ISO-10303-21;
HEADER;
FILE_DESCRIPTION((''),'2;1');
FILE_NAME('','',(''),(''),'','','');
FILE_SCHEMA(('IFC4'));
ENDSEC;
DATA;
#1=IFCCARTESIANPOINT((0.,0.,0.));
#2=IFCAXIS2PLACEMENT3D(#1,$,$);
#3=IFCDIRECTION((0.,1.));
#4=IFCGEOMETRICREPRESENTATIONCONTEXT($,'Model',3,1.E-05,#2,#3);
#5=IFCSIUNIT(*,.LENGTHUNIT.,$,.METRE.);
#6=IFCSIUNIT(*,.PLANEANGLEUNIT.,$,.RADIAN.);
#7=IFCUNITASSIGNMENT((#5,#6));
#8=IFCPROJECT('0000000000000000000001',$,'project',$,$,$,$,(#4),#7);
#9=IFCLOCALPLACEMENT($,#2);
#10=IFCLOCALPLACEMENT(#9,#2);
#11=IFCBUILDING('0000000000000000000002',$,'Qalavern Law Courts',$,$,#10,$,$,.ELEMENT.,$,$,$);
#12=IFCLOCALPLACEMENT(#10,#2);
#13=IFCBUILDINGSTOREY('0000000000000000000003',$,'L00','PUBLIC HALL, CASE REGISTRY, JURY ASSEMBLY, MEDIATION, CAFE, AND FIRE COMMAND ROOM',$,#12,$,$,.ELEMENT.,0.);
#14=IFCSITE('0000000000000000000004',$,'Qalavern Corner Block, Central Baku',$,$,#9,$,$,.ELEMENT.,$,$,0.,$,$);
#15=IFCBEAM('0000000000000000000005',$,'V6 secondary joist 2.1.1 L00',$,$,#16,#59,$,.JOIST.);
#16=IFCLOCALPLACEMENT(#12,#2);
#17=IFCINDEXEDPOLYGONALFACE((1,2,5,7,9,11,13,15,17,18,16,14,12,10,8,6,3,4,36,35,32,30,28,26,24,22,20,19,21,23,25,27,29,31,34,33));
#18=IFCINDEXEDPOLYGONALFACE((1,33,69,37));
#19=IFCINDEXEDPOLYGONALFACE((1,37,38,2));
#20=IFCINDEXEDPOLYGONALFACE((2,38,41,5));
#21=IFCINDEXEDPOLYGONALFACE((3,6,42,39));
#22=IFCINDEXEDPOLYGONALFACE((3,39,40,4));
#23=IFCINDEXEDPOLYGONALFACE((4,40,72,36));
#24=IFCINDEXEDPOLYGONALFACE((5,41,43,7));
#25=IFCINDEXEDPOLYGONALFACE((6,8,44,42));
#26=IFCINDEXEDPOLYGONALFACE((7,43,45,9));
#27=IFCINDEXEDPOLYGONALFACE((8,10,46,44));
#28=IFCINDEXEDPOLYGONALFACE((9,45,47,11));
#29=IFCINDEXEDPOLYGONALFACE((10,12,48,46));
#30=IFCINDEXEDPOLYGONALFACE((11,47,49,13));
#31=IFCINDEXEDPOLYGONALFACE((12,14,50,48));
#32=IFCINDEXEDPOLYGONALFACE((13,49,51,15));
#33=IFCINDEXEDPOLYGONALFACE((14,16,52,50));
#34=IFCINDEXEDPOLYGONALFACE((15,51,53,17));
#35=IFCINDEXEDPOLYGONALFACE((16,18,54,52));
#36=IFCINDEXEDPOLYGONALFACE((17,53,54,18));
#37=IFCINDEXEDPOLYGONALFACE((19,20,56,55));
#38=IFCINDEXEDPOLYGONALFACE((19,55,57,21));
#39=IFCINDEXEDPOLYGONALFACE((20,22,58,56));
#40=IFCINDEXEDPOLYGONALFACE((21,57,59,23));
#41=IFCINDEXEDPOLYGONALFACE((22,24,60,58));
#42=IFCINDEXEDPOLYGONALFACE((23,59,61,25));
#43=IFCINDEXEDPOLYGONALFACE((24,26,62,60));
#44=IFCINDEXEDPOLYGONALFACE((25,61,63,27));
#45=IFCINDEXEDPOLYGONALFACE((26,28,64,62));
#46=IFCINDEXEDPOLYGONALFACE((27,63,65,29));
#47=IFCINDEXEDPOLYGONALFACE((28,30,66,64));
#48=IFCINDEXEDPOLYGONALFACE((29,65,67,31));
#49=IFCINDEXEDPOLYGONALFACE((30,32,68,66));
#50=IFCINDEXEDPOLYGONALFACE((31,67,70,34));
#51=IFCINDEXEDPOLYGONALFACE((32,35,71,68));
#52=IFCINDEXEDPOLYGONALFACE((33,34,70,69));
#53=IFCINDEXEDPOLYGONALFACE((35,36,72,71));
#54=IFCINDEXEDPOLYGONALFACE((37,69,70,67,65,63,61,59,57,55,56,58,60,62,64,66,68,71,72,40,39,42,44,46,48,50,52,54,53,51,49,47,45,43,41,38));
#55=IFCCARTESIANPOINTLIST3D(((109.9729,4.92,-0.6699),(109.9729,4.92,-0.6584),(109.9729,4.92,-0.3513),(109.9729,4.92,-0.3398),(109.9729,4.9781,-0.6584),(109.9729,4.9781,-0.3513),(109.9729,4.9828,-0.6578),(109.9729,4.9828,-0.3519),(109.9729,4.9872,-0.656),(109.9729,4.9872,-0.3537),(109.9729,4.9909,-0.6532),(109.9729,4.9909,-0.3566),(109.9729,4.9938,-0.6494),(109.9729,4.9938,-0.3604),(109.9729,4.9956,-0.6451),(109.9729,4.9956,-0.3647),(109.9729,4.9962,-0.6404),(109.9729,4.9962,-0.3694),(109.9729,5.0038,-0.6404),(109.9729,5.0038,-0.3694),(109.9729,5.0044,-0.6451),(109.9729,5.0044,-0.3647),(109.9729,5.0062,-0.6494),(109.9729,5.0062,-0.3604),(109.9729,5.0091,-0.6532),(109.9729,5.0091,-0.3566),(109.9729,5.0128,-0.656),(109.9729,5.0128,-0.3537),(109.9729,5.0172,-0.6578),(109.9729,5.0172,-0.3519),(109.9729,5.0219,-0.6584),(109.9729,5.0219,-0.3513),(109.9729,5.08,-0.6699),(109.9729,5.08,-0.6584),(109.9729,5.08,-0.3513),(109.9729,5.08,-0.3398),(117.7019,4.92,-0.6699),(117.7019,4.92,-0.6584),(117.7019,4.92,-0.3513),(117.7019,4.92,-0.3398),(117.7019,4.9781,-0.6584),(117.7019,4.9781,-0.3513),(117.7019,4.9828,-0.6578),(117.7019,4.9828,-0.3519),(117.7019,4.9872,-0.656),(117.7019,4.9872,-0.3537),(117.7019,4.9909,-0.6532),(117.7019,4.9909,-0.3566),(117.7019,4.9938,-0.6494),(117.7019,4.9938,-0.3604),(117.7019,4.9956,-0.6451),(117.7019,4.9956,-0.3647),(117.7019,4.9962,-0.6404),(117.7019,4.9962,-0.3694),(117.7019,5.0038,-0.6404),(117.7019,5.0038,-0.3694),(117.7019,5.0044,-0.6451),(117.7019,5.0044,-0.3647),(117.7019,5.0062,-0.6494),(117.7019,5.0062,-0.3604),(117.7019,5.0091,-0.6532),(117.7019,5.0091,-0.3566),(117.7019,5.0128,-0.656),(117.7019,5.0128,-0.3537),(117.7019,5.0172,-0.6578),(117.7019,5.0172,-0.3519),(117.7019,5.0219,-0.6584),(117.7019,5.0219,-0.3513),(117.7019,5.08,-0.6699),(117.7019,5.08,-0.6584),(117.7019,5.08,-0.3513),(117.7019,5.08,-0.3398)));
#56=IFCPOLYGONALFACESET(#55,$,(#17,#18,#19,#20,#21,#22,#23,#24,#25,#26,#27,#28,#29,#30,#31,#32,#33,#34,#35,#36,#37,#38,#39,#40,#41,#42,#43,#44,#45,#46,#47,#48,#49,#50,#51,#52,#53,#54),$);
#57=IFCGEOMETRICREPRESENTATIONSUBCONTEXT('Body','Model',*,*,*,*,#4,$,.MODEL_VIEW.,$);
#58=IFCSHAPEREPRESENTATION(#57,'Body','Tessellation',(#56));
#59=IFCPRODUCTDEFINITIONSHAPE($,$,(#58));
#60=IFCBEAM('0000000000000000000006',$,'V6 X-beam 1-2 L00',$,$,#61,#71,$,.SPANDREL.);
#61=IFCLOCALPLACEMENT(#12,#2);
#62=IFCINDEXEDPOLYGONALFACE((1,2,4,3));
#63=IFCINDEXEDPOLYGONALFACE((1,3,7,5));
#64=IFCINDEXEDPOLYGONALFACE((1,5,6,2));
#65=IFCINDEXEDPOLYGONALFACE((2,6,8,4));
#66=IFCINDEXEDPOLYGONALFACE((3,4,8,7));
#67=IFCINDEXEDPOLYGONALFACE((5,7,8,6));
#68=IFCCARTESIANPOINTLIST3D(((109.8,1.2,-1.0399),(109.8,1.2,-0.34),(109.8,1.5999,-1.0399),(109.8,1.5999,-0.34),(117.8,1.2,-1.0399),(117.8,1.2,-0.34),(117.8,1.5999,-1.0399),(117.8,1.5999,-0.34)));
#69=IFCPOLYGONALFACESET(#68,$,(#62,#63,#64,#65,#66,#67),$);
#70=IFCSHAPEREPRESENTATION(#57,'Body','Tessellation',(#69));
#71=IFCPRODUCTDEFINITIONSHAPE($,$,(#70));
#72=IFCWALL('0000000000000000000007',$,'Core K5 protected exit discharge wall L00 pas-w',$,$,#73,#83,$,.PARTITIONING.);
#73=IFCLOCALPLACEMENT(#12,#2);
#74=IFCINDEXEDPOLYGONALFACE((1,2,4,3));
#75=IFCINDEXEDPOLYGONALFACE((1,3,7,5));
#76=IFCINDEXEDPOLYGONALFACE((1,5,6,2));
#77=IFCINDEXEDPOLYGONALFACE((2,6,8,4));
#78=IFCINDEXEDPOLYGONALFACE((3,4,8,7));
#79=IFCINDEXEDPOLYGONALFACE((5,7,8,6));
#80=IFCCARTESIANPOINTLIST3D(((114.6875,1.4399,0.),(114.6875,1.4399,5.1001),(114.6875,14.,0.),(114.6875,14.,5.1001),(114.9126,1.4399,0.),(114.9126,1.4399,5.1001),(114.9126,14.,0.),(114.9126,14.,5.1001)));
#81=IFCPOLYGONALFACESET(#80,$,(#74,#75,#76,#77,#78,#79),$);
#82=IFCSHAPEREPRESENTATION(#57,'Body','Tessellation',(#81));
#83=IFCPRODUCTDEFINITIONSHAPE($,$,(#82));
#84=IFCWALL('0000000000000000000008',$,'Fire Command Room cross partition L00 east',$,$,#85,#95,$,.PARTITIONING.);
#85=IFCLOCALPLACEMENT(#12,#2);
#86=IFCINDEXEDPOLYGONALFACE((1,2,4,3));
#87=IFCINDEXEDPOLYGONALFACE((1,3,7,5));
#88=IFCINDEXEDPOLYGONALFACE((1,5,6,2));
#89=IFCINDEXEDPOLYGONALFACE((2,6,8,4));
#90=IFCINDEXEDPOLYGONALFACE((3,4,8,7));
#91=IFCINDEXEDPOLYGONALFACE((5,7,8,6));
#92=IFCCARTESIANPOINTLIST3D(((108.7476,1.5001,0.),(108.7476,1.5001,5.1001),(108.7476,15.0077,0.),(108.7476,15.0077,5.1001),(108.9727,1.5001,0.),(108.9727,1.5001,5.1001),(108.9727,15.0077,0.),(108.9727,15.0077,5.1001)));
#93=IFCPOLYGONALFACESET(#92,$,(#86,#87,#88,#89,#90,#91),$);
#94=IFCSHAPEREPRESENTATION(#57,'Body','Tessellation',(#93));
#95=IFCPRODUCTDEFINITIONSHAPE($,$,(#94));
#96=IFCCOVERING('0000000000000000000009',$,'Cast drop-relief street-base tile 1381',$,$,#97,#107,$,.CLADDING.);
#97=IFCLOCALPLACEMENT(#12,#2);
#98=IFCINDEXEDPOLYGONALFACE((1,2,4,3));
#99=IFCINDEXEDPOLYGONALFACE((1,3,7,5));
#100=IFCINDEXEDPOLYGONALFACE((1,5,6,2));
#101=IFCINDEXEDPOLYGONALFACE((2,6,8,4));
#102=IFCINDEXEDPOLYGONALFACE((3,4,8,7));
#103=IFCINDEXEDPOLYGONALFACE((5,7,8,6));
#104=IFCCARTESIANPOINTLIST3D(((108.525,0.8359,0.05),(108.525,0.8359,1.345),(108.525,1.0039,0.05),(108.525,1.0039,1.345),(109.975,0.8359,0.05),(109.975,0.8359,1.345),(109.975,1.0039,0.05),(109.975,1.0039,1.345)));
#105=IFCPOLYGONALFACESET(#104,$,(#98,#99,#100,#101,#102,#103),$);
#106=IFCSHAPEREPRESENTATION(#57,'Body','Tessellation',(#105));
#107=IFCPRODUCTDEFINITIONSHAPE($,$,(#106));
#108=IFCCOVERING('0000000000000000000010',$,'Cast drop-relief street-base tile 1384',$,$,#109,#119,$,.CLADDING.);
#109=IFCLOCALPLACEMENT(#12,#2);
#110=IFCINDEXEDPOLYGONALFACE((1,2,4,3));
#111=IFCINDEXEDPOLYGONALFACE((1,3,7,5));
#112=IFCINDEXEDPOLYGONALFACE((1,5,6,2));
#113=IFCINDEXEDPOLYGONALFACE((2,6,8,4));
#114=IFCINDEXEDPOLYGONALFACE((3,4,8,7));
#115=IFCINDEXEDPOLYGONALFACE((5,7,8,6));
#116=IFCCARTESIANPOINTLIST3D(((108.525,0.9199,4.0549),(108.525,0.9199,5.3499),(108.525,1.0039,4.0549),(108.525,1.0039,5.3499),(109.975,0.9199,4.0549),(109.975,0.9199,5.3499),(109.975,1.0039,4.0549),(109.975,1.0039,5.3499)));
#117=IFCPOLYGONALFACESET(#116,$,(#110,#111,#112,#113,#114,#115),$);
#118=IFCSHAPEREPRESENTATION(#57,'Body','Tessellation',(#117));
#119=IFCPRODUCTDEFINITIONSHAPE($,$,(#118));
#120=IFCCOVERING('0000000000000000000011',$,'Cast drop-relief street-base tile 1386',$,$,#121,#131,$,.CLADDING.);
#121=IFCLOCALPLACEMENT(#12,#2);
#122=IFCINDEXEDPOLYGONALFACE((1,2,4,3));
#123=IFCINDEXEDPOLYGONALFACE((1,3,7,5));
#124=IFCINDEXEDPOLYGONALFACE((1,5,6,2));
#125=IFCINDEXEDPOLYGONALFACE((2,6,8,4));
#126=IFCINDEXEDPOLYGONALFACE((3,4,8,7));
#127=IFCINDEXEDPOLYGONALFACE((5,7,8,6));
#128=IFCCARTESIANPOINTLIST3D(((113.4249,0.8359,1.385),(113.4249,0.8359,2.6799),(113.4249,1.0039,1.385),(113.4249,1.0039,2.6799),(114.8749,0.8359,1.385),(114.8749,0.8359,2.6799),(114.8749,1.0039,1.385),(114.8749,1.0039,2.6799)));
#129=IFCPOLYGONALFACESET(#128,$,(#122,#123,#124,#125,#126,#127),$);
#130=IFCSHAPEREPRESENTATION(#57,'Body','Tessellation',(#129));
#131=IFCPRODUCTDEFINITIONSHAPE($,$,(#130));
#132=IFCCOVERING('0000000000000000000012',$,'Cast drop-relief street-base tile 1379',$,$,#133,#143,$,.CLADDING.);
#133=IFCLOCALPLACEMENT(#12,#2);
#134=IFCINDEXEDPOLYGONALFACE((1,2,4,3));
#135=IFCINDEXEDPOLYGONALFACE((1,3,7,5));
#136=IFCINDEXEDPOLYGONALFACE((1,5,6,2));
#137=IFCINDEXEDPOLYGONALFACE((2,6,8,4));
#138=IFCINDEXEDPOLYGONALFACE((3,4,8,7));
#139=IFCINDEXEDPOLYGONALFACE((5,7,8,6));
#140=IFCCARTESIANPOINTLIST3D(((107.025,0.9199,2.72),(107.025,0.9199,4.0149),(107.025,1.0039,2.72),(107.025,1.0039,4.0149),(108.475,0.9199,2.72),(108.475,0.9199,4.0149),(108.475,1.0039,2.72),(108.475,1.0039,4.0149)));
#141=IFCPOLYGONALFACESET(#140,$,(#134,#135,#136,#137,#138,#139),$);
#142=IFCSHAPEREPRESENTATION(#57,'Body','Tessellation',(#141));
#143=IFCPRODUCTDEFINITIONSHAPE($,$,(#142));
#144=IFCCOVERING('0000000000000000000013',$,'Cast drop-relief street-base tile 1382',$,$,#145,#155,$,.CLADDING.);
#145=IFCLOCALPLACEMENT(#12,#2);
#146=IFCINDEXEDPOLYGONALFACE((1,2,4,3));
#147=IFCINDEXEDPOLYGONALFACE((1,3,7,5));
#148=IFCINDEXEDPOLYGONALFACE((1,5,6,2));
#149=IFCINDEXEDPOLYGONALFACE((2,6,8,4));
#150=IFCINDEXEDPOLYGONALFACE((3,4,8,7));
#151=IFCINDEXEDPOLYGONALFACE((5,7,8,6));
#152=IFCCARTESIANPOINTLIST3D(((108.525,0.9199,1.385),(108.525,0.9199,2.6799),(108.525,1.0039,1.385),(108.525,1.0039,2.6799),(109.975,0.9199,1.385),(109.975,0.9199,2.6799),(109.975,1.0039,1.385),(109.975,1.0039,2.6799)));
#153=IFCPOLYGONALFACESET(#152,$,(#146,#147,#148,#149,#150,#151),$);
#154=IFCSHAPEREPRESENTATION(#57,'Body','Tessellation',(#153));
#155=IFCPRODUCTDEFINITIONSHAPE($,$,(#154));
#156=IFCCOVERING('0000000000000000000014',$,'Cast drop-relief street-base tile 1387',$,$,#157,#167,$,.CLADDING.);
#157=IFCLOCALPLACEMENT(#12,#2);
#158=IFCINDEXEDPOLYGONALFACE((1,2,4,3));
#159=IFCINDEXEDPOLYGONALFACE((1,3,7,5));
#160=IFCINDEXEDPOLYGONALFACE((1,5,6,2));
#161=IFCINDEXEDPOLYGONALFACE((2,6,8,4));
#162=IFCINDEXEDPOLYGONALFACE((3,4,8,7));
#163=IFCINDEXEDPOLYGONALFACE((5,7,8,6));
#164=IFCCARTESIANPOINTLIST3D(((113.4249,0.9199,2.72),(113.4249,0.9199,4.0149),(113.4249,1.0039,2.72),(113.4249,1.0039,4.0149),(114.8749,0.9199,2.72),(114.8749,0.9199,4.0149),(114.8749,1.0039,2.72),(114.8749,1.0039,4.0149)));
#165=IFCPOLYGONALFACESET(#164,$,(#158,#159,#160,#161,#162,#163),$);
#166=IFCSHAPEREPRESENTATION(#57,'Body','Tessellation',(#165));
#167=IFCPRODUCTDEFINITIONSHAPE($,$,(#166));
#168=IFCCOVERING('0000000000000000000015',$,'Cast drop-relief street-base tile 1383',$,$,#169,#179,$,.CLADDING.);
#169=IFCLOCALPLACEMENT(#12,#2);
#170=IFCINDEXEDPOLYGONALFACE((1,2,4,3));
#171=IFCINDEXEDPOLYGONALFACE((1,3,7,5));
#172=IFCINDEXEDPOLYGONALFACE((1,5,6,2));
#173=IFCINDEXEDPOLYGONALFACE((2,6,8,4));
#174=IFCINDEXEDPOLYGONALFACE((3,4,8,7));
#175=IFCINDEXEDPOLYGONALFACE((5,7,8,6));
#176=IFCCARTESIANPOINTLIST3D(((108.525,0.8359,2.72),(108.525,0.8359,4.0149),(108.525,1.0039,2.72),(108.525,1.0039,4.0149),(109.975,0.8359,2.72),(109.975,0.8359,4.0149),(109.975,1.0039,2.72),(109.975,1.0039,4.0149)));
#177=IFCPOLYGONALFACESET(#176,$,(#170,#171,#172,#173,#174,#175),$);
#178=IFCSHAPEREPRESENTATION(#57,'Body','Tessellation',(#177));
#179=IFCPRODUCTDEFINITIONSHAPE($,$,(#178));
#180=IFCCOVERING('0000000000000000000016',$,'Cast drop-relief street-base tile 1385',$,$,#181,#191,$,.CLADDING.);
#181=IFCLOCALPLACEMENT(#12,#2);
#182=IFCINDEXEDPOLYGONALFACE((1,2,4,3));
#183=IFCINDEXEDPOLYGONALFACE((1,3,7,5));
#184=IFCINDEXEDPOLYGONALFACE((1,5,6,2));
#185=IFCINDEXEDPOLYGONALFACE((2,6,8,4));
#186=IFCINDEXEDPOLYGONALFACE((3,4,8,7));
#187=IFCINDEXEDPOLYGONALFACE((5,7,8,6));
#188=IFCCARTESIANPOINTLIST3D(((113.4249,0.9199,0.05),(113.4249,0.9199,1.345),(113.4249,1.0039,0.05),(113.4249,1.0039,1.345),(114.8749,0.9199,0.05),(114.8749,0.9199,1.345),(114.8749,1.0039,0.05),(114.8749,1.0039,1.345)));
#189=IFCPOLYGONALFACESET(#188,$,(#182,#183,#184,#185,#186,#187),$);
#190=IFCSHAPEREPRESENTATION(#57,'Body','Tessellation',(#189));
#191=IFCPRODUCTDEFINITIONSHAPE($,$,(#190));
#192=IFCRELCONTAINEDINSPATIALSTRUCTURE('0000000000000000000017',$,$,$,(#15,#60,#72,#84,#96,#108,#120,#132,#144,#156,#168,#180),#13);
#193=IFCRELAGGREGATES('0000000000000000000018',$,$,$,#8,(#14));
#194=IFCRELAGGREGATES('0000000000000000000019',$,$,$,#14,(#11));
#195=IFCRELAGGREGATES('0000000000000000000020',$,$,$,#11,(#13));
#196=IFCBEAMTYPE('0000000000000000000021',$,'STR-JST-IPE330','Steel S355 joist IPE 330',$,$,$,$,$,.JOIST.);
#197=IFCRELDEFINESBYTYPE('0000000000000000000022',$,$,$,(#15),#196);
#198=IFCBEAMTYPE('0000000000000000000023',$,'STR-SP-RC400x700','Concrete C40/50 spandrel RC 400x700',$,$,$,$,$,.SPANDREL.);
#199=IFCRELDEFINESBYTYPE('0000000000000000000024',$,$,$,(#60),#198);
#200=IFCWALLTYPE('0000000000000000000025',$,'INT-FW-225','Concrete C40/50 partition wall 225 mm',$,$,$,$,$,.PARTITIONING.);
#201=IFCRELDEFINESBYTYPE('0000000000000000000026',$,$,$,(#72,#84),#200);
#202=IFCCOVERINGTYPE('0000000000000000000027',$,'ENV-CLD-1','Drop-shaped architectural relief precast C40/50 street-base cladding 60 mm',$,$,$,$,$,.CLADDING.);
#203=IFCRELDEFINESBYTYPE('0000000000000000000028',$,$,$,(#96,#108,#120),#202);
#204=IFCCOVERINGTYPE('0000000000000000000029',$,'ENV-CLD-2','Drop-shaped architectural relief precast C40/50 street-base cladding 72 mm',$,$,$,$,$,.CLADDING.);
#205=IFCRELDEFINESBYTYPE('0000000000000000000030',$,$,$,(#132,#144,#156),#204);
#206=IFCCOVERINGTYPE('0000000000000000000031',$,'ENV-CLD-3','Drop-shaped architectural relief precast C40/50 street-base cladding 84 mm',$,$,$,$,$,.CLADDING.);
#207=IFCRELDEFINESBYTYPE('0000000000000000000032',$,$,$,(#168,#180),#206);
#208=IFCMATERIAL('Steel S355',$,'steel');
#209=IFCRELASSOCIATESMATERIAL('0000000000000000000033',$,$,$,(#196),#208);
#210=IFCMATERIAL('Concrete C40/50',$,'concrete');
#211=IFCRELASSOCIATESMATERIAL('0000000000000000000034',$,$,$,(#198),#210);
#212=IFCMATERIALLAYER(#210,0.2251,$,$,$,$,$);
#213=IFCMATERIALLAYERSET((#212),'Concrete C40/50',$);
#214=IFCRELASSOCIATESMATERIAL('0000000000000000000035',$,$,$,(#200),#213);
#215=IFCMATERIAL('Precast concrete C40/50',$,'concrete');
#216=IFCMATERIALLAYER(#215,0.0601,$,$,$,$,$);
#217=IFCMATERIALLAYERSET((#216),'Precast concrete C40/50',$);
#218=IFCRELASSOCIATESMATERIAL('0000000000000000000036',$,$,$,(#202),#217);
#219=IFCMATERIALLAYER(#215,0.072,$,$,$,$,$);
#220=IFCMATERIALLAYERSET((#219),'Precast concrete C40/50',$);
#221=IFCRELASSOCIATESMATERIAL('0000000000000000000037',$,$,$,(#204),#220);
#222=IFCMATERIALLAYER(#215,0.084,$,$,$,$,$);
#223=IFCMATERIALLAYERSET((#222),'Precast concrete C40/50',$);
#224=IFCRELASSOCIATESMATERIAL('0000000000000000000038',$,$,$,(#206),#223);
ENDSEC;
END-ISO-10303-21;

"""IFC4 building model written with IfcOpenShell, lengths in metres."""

from ifc_helpers import new_model, si_unit, direction, frame, frame_2d, origin, origin_2d, place, context, subcontext, project, spatial, rectangle, i_section, extrude, material, layer, layer_set, material_profile, profile_set, type_object, element, save


model = new_model("IFC4")

# Units and contexts
model_context = context("Model", 3, precision=1e-05, world=origin(), true_north=direction((0.0, 1.0)))
body_context = subcontext(model_context, "Body", "Model", "MODEL_VIEW")
ifc_project = project(units=[si_unit("LENGTHUNIT", "METRE"), si_unit("PLANEANGLEUNIT", "RADIAN")], contexts=[model_context])

# Site, building, storey
site_placement = place(None, origin())
site = spatial("IfcSite", under=ifc_project, at=site_placement, Name="Qalavern Corner Block, Central Baku", CompositionType="ELEMENT", RefElevation=0.0)
building_placement = place(site_placement, origin())
building = spatial("IfcBuilding", under=site, at=building_placement, Name="Qalavern Law Courts", CompositionType="ELEMENT")
storey_placement = place(building_placement, origin())
storey = spatial("IfcBuildingStorey", under=building, at=storey_placement, Name="L00", Description="PUBLIC HALL, CASE REGISTRY, JURY ASSEMBLY, MEDIATION, CAFE, AND FIRE COMMAND ROOM", CompositionType="ELEMENT", Elevation=0.0)

# Beams
ifc_material_1 = material(Name="Steel S355", Category="steel")
ifc_material_profile_1 = material_profile(ifc_material_1, i_section(OverallWidth=0.1599, OverallDepth=0.3301, WebThickness=0.0076, FlangeThickness=0.0115, FilletRadius=0.0181, at=origin_2d()), Name="IPE 330")
ifc_profile_set_1 = profile_set([ifc_material_profile_1], Name="Steel S355")
beam_type_1 = type_object("IfcBeamType", Name="STR-JST-IPE330", Description="Steel S355 joist IPE 330", PredefinedType="JOIST", material=ifc_profile_set_1)
beam_1_placement = place(storey_placement, frame((109.9729, 5.0, -0.5049), z_axis=(1.0, 0.0, 0.0), x_axis=(0.0, 1.0, 0.0)))
element("IfcBeam", 1, at=beam_1_placement, inside=storey, type_object=beam_type_1, Name="V6 secondary joist 2.1.1 L00", PredefinedType="JOIST", context=body_context, shape_type="SweptSolid", body=[
    extrude(i_section(OverallWidth=0.1599, OverallDepth=0.3301, WebThickness=0.0076, FlangeThickness=0.0115, FilletRadius=0.0181, at=origin_2d()), origin(), (0.0, 0.0, 1.0), 7.729),
])
ifc_material_2 = material(Name="Concrete C40/50", Category="concrete")
ifc_material_profile_2 = material_profile(ifc_material_2, rectangle(XDim=0.3999, YDim=0.7, at=origin_2d()), Name="RC 400x700")
ifc_profile_set_2 = profile_set([ifc_material_profile_2], Name="Concrete C40/50")
beam_type_2 = type_object("IfcBeamType", Name="STR-SP-RC400x700", Description="Concrete C40/50 spandrel RC 400x700", PredefinedType="SPANDREL", material=ifc_profile_set_2)
beam_2_placement = place(storey_placement, frame((109.8, 1.3999, -0.6899), z_axis=(1.0, 0.0, 0.0), x_axis=(0.0, 1.0, 0.0)))
element("IfcBeam", 2, at=beam_2_placement, inside=storey, type_object=beam_type_2, Name="V6 X-beam 1-2 L00", PredefinedType="SPANDREL", context=body_context, shape_type="SweptSolid", body=[
    extrude(rectangle(XDim=0.3999, YDim=0.7, at=origin_2d()), origin(), (0.0, 0.0, 1.0), 8.0),
])

# Walls
ifc_layer_1 = layer(ifc_material_2, 0.2251)
ifc_layer_set_1 = layer_set([ifc_layer_1], Name="Concrete C40/50")
wall_type = type_object("IfcWallType", Name="INT-FW-225", Description="Concrete C40/50 partition wall 225 mm", PredefinedType="PARTITIONING", material=ifc_layer_set_1)
wall_1_placement = place(storey_placement, frame((114.8, 1.4399, 0.0), z_axis=(0.0, 0.0, 1.0), x_axis=(0.0, 1.0, 0.0)))
element("IfcWall", 3, at=wall_1_placement, inside=storey, type_object=wall_type, Name="Core K5 protected exit discharge wall L00 pas-w", PredefinedType="PARTITIONING", context=body_context, shape_type="SweptSolid", body=[
    extrude(rectangle(XDim=12.5601, YDim=0.2251, at=frame_2d((6.28, 0.0))), origin(), (0.0, 0.0, 1.0), 5.1001),
])
wall_2_placement = place(storey_placement, frame((108.8601, 1.5, 0.0), z_axis=(0.0, 0.0, 1.0), x_axis=(0.0, 1.0, 0.0)))
element("IfcWall", 4, at=wall_2_placement, inside=storey, type_object=wall_type, Name="Fire Command Room cross partition L00 east", PredefinedType="PARTITIONING", context=body_context, shape_type="SweptSolid", body=[
    extrude(rectangle(XDim=13.5076, YDim=0.2251, at=frame_2d((6.7539, 0.0))), origin(), (0.0, 0.0, 1.0), 5.1001),
])

# Coverings
ifc_material_3 = material(Name="Precast concrete C40/50", Category="concrete")
ifc_layer_2 = layer(ifc_material_3, 0.0601)
ifc_layer_set_2 = layer_set([ifc_layer_2], Name="Precast concrete C40/50")
covering_type_1 = type_object("IfcCoveringType", Name="ENV-CLD-1", Description="Drop-shaped architectural relief precast C40/50 street-base cladding 60 mm", PredefinedType="CLADDING", material=ifc_layer_set_2)
covering_1_placement = place(storey_placement, frame((109.25, 0.9199, 0.05), z_axis=(0.0, 0.0, 1.0), x_axis=(1.0, 0.0, 0.0)))
element("IfcCovering", 5, at=covering_1_placement, inside=storey, type_object=covering_type_1, Name="Cast drop-relief street-base tile 1381", PredefinedType="CLADDING", context=body_context, shape_type="SweptSolid", body=[
    extrude(rectangle(XDim=1.45, YDim=0.168, at=origin_2d()), origin(), (0.0, 0.0, 1.0), 1.2949),
])
covering_2_placement = place(storey_placement, frame((109.25, 0.9619, 4.0549), z_axis=(0.0, 0.0, 1.0), x_axis=(1.0, 0.0, 0.0)))
element("IfcCovering", 6, at=covering_2_placement, inside=storey, type_object=covering_type_1, Name="Cast drop-relief street-base tile 1384", PredefinedType="CLADDING", context=body_context, shape_type="SweptSolid", body=[
    extrude(rectangle(XDim=1.45, YDim=0.084, at=origin_2d()), origin(), (0.0, 0.0, 1.0), 1.2949),
])
covering_3_placement = place(storey_placement, frame((114.1499, 0.9199, 1.385), z_axis=(0.0, 0.0, 1.0), x_axis=(1.0, 0.0, 0.0)))
element("IfcCovering", 7, at=covering_3_placement, inside=storey, type_object=covering_type_1, Name="Cast drop-relief street-base tile 1386", PredefinedType="CLADDING", context=body_context, shape_type="SweptSolid", body=[
    extrude(rectangle(XDim=1.45, YDim=0.168, at=origin_2d()), origin(), (0.0, 0.0, 1.0), 1.2949),
])
ifc_layer_3 = layer(ifc_material_3, 0.072)
ifc_layer_set_3 = layer_set([ifc_layer_3], Name="Precast concrete C40/50")
covering_type_2 = type_object("IfcCoveringType", Name="ENV-CLD-2", Description="Drop-shaped architectural relief precast C40/50 street-base cladding 72 mm", PredefinedType="CLADDING", material=ifc_layer_set_3)
for number, where, z_axis, x_axis, name in (
    (8, (107.75, 0.9619, 2.72), (0.0, 0.0, 1.0), (1.0, 0.0, 0.0), "Cast drop-relief street-base tile 1379"),
    (9, (109.25, 0.9619, 1.385), (0.0, 0.0, 1.0), (1.0, 0.0, 0.0), "Cast drop-relief street-base tile 1382"),
    (10, (114.1499, 0.9619, 2.72), (0.0, 0.0, 1.0), (1.0, 0.0, 0.0), "Cast drop-relief street-base tile 1387"),
):
    element("IfcCovering", number, at=place(storey_placement, frame(where, z_axis=z_axis, x_axis=x_axis)), inside=storey, type_object=covering_type_2, Name=name, PredefinedType="CLADDING", context=body_context, shape_type="SweptSolid", body=[
        extrude(rectangle(XDim=1.45, YDim=0.084, at=origin_2d()), origin(), (0.0, 0.0, 1.0), 1.2949),
    ])
ifc_layer_4 = layer(ifc_material_3, 0.084)
ifc_layer_set_4 = layer_set([ifc_layer_4], Name="Precast concrete C40/50")
covering_type_3 = type_object("IfcCoveringType", Name="ENV-CLD-3", Description="Drop-shaped architectural relief precast C40/50 street-base cladding 84 mm", PredefinedType="CLADDING", material=ifc_layer_set_4)
covering_4_placement = place(storey_placement, frame((109.25, 0.9199, 2.72), z_axis=(0.0, 0.0, 1.0), x_axis=(1.0, 0.0, 0.0)))
element("IfcCovering", 11, at=covering_4_placement, inside=storey, type_object=covering_type_3, Name="Cast drop-relief street-base tile 1383", PredefinedType="CLADDING", context=body_context, shape_type="SweptSolid", body=[
    extrude(rectangle(XDim=1.45, YDim=0.168, at=origin_2d()), origin(), (0.0, 0.0, 1.0), 1.2949),
])
covering_5_placement = place(storey_placement, frame((114.1499, 0.9619, 0.05), z_axis=(0.0, 0.0, 1.0), x_axis=(1.0, 0.0, 0.0)))
element("IfcCovering", 12, at=covering_5_placement, inside=storey, type_object=covering_type_3, Name="Cast drop-relief street-base tile 1385", PredefinedType="CLADDING", context=body_context, shape_type="SweptSolid", body=[
    extrude(rectangle(XDim=1.45, YDim=0.084, at=origin_2d()), origin(), (0.0, 0.0, 1.0), 1.2949),
])

save(model, "model.ifc")
